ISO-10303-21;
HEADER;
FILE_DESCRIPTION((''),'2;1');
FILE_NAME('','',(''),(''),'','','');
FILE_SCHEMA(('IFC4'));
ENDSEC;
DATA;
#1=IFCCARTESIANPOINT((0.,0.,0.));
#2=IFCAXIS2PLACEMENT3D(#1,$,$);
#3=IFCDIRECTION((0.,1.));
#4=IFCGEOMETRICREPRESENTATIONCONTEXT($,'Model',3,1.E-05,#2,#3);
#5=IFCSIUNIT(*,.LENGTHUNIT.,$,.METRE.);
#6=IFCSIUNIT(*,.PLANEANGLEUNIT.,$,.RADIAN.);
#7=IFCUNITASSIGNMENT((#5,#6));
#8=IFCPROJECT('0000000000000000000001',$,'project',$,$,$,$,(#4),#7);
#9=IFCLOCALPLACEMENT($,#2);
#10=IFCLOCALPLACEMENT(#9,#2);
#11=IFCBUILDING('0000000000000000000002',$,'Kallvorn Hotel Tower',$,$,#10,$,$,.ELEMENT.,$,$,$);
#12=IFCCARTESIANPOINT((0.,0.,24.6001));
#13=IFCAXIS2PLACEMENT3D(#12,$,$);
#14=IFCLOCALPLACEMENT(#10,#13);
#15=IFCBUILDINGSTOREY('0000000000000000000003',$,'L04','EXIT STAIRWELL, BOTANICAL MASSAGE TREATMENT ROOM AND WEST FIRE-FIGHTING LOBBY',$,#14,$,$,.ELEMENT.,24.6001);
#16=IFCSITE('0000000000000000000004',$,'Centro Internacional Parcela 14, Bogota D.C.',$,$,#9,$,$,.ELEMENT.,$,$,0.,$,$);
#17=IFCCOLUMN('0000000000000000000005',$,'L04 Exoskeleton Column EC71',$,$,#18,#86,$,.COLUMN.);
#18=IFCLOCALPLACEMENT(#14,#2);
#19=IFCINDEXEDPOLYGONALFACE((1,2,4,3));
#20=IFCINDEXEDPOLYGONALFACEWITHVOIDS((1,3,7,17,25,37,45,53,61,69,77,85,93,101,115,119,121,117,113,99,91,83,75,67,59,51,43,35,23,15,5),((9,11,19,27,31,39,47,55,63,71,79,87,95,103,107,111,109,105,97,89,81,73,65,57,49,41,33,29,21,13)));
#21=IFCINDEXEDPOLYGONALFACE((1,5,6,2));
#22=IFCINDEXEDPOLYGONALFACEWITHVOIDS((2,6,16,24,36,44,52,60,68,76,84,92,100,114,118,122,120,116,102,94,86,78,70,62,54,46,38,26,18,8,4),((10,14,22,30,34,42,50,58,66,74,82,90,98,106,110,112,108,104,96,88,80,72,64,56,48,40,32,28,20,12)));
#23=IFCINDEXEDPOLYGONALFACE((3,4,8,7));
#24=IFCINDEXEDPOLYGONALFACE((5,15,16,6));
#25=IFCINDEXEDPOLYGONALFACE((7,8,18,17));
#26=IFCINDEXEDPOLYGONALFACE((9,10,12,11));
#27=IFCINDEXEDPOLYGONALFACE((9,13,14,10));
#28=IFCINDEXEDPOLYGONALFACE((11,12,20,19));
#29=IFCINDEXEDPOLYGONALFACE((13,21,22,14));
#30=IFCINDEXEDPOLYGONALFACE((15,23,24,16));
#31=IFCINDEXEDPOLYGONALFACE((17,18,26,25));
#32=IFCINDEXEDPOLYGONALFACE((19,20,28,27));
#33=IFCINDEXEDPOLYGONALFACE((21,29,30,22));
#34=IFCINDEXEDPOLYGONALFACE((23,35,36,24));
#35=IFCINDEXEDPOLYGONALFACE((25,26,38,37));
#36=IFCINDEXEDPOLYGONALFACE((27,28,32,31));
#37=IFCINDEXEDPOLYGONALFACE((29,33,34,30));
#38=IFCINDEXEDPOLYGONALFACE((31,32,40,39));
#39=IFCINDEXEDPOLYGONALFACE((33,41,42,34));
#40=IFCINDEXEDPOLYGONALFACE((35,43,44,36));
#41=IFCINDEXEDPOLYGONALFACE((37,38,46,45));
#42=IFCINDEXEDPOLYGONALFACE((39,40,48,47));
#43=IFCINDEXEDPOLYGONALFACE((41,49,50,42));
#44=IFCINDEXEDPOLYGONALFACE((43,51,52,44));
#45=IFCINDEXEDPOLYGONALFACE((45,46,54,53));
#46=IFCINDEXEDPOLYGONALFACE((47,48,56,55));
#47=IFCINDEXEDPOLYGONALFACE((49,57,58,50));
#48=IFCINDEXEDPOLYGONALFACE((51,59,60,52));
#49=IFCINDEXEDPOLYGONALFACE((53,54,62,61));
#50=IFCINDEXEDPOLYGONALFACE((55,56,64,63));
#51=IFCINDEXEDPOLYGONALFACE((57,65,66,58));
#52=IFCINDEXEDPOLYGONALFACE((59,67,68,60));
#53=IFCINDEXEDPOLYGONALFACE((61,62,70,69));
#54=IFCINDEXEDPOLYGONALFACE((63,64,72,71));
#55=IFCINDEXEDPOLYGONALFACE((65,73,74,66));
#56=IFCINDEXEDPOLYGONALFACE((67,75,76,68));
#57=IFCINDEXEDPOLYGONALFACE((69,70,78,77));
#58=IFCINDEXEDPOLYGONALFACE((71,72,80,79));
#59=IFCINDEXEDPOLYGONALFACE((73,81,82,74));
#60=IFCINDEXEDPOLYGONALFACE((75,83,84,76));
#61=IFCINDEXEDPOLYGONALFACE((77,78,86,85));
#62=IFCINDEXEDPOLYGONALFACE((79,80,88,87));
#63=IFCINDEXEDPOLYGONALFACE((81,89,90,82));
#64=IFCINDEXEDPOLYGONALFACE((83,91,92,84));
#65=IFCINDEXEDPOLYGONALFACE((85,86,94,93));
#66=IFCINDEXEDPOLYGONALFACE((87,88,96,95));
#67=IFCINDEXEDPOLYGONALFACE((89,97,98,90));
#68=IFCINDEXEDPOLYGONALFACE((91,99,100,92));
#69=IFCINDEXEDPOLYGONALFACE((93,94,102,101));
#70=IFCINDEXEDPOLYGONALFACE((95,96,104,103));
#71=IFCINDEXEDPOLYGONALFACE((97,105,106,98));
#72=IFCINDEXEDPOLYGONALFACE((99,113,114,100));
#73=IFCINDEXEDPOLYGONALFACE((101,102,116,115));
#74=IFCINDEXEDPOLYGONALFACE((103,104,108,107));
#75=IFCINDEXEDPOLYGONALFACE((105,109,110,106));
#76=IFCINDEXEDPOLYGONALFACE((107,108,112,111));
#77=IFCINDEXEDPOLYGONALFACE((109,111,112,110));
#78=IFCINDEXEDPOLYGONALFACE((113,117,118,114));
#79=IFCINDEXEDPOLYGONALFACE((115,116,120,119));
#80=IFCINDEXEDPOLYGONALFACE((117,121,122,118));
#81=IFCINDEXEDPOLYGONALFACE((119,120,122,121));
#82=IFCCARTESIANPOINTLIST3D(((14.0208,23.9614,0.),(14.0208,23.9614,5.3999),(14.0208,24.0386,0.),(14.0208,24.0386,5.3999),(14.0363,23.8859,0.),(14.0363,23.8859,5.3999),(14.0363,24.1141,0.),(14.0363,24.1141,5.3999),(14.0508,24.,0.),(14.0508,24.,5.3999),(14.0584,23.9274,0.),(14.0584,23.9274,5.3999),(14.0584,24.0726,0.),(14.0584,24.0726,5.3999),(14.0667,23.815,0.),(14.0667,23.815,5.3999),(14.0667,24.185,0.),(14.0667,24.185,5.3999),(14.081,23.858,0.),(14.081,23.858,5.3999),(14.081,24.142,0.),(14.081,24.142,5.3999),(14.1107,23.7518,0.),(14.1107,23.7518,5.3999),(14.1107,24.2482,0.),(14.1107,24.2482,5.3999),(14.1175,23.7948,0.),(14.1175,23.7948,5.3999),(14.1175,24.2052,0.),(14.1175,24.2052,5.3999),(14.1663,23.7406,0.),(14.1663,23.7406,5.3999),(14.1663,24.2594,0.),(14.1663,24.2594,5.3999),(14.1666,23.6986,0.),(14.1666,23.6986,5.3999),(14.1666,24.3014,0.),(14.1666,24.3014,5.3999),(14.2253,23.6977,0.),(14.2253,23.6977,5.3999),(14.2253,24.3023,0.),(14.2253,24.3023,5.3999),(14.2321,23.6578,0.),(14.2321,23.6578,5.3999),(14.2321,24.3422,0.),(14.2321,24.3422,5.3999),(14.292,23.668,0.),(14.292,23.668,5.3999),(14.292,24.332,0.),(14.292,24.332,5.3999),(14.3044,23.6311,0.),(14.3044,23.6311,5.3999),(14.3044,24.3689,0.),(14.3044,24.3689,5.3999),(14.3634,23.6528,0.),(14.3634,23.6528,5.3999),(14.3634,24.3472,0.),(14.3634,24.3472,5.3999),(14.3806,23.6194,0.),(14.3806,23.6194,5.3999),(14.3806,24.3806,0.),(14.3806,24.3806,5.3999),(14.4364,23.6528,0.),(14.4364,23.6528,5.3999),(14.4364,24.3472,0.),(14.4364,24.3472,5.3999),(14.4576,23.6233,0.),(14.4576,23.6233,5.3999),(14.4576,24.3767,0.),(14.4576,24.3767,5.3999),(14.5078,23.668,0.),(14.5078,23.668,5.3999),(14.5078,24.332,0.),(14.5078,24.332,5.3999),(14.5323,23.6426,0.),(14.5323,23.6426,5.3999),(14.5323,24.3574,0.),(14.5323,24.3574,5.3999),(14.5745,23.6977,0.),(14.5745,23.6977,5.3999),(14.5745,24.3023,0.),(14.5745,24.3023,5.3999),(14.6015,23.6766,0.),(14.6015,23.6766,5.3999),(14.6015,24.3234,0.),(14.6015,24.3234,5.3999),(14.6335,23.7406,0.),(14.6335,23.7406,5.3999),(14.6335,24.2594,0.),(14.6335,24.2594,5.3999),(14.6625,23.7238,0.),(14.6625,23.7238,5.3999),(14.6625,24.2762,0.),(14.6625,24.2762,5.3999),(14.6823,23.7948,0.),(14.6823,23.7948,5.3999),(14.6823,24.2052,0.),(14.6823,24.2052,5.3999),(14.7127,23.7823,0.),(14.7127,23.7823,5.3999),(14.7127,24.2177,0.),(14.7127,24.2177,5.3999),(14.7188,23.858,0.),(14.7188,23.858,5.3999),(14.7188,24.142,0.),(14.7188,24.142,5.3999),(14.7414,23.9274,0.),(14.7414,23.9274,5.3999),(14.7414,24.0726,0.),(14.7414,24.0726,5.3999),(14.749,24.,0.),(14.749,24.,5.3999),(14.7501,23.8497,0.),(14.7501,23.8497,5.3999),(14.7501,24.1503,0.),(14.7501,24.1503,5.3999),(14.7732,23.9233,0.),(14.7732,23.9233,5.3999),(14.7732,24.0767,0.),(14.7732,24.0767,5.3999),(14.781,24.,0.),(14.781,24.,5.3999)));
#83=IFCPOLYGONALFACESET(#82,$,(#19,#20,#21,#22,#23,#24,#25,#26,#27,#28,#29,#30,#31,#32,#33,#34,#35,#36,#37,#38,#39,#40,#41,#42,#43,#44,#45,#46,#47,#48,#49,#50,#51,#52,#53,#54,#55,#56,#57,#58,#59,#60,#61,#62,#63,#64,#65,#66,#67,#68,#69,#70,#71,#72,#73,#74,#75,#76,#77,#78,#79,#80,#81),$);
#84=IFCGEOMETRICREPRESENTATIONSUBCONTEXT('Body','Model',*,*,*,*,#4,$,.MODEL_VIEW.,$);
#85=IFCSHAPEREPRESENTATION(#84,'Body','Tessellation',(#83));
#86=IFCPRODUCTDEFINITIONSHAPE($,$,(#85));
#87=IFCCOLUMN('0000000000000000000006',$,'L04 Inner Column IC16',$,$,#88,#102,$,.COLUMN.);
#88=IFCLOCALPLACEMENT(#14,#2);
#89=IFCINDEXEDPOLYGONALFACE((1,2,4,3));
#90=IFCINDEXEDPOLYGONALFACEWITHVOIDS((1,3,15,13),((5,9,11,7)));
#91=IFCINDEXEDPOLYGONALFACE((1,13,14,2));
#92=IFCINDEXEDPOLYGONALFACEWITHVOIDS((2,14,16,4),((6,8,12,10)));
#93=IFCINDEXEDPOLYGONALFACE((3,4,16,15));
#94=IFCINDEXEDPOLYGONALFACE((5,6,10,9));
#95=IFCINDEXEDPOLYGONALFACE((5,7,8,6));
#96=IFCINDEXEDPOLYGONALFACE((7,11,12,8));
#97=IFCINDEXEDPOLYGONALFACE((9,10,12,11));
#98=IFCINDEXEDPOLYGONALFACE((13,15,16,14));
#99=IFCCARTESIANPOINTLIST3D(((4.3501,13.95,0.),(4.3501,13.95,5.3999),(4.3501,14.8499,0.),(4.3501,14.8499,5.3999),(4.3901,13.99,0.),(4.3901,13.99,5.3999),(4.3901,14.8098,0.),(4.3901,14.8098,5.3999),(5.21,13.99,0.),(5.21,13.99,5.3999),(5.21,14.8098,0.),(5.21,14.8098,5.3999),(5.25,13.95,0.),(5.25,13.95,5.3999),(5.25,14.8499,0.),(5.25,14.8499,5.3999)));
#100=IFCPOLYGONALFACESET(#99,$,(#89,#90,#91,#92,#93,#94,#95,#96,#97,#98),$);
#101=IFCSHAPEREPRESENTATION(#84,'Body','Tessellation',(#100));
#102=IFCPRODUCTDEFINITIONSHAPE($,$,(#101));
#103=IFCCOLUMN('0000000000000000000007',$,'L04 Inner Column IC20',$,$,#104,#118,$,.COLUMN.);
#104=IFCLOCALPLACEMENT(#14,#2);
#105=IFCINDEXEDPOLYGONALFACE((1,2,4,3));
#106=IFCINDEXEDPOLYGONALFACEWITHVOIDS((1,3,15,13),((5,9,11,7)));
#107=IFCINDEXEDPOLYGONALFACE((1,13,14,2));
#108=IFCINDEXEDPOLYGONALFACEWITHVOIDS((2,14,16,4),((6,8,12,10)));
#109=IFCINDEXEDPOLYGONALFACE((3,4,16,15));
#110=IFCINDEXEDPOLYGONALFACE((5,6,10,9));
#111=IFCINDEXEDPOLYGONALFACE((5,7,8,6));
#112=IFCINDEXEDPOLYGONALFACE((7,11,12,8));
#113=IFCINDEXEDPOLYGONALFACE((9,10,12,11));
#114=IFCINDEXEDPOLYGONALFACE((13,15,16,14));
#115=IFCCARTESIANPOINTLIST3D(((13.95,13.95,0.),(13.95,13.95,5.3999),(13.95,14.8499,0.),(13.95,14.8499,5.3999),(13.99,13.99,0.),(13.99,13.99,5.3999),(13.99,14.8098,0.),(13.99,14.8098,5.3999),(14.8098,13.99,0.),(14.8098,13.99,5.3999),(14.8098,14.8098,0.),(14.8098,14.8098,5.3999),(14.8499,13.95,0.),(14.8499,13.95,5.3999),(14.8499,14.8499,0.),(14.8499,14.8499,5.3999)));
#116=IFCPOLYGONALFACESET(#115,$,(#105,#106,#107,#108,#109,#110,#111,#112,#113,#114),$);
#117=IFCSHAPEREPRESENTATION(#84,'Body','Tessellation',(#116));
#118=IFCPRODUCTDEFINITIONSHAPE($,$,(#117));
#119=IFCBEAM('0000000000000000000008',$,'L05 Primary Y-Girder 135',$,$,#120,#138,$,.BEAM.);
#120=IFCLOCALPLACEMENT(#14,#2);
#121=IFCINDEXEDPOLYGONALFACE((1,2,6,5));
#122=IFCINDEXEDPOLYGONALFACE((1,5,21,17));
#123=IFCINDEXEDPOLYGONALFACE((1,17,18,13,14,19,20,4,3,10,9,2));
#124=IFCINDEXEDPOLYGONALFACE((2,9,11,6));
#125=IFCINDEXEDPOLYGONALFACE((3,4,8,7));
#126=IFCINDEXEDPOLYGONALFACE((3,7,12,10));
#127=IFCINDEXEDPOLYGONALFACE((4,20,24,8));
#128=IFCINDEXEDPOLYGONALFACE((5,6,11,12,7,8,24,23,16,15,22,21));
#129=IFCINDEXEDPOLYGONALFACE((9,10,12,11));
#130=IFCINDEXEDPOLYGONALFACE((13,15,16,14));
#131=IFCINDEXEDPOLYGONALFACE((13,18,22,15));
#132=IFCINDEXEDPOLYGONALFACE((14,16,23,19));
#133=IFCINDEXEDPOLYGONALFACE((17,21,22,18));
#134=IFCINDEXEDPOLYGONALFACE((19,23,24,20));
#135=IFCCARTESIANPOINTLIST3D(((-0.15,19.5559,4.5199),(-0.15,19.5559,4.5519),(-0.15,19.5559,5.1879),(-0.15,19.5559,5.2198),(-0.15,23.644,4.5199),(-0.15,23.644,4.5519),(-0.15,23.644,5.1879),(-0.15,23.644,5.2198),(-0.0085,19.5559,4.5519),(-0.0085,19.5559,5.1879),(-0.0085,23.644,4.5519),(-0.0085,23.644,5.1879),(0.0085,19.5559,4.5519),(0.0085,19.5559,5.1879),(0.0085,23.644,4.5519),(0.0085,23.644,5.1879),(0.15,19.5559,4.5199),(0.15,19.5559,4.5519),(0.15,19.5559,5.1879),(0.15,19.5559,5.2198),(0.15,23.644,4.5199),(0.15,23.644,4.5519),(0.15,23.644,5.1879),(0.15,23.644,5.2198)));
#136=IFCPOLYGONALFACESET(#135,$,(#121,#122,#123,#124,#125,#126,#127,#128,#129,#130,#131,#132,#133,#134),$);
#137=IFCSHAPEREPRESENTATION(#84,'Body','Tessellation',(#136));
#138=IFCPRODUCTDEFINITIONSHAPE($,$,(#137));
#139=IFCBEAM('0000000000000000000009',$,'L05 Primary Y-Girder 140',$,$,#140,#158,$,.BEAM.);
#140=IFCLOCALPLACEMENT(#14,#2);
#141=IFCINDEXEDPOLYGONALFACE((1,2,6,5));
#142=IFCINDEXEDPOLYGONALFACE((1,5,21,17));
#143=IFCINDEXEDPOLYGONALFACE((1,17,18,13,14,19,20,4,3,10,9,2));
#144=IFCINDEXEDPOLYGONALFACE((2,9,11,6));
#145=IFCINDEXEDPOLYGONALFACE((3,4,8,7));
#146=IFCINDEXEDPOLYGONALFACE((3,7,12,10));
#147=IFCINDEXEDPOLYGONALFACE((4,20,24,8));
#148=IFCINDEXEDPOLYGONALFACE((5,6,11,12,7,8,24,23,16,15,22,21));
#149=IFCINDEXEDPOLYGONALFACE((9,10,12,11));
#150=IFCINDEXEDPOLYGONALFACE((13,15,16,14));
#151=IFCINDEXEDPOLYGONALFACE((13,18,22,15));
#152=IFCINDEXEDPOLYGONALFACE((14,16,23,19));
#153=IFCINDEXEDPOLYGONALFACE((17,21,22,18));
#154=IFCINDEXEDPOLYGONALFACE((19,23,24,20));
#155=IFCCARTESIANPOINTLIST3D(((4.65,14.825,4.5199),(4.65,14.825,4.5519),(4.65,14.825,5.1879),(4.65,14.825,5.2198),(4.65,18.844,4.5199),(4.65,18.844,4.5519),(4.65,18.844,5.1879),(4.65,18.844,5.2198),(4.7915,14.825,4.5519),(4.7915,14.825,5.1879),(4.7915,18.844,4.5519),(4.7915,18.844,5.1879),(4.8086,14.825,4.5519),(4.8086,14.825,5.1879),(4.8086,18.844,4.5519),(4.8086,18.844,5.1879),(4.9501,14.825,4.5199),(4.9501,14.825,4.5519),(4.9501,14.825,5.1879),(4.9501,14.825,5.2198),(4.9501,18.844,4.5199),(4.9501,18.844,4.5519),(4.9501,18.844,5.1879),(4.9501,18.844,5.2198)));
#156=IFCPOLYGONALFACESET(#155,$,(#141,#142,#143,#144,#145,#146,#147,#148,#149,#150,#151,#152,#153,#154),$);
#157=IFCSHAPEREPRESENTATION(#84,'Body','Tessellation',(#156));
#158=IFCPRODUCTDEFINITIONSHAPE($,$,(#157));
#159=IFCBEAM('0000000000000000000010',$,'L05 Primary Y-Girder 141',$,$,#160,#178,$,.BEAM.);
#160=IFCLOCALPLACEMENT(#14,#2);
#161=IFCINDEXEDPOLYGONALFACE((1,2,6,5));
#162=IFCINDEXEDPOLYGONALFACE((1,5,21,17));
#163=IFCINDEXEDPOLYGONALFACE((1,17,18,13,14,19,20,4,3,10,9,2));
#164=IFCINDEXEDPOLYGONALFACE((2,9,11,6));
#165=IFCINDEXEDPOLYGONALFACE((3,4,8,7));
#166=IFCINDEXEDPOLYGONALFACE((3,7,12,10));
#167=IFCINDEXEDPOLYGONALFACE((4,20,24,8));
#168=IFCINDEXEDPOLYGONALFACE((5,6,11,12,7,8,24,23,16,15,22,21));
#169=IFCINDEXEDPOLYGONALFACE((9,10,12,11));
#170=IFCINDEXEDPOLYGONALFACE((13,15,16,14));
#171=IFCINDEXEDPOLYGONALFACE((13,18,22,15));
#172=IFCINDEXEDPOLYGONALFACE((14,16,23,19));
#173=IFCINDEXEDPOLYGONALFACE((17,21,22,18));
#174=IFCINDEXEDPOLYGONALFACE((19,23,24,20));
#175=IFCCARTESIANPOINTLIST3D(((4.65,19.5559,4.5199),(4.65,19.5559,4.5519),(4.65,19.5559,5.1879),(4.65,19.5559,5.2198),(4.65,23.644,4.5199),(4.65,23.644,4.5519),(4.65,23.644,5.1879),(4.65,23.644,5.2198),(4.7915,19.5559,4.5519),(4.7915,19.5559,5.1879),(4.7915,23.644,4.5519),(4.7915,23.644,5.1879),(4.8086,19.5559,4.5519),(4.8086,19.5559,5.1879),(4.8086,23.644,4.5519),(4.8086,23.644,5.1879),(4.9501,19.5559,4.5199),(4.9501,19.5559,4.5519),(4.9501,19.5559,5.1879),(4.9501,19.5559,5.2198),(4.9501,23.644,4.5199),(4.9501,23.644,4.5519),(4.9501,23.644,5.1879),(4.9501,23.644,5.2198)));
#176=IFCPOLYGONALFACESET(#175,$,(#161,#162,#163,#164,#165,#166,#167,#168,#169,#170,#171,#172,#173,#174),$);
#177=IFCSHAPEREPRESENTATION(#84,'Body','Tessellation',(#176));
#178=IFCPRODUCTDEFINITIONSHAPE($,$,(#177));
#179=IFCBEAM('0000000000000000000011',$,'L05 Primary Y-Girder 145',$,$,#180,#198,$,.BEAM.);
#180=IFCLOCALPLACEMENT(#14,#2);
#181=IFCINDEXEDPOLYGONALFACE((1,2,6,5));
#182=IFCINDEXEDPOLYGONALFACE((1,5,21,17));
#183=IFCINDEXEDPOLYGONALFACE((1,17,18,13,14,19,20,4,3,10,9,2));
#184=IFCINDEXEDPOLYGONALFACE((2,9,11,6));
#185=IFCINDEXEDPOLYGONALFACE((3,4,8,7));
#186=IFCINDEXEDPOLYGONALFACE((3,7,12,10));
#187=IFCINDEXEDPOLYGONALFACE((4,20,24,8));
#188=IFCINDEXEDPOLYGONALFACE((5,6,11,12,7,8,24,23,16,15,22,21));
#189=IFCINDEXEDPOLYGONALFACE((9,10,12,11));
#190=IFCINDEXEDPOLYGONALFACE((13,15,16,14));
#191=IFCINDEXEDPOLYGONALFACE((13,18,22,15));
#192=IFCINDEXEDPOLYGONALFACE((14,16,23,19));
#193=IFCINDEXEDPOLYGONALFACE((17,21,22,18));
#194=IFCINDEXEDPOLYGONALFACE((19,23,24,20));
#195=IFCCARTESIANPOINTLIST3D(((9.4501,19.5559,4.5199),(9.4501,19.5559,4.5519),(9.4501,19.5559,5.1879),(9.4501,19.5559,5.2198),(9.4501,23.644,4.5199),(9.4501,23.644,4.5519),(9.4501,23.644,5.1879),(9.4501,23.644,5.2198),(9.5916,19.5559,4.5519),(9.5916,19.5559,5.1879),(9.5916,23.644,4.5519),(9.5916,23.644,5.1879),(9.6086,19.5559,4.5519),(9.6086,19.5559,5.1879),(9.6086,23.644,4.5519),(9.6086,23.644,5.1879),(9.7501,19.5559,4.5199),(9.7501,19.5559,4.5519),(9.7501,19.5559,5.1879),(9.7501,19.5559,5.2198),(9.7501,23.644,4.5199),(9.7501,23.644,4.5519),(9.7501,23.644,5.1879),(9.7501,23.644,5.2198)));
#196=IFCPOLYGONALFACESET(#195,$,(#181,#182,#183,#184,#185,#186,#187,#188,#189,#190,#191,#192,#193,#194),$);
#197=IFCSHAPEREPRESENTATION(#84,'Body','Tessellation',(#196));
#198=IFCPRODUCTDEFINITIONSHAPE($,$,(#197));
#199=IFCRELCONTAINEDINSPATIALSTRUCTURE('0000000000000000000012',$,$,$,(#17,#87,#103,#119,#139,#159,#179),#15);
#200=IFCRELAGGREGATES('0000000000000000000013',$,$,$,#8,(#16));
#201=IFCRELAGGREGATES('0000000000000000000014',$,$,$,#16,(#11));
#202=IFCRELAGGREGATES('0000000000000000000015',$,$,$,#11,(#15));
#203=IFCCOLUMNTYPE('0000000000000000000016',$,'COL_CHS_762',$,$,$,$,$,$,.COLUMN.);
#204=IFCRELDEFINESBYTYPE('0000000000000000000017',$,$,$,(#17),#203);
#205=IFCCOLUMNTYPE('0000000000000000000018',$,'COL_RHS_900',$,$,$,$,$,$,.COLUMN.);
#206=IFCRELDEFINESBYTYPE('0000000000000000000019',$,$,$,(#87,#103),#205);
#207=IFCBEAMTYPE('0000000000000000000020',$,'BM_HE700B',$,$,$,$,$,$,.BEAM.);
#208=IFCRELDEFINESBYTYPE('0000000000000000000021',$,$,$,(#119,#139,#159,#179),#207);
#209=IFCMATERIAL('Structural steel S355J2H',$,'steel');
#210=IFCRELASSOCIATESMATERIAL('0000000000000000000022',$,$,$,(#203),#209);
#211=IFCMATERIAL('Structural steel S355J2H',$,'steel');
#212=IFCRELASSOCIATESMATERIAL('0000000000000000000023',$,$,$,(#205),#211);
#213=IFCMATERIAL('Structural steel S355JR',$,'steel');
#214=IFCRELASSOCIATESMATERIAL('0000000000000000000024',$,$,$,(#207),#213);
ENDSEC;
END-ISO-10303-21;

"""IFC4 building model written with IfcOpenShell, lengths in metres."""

from ifc_helpers import new_model, si_unit, direction, frame, origin, origin_2d, place, context, subcontext, project, spatial, hollow_rectangle, hollow_circle, i_section, extrude, material, material_profile, profile_set, type_object, element, save


model = new_model("IFC4")

# Units and contexts
model_context = context("Model", 3, precision=1e-05, world=origin(), true_north=direction((0.0, 1.0)))
body_context = subcontext(model_context, "Body", "Model", "MODEL_VIEW")
ifc_project = project(units=[si_unit("LENGTHUNIT", "METRE"), si_unit("PLANEANGLEUNIT", "RADIAN")], contexts=[model_context])

# Site, building, storey
site_placement = place(None, origin())
site = spatial("IfcSite", under=ifc_project, at=site_placement, Name="Centro Internacional Parcela 14, Bogota D.C.", CompositionType="ELEMENT", RefElevation=0.0)
building_placement = place(site_placement, origin())
building = spatial("IfcBuilding", under=site, at=building_placement, Name="Kallvorn Hotel Tower", CompositionType="ELEMENT")
storey_placement = place(building_placement, frame((0.0, 0.0, 24.6001)))
storey = spatial("IfcBuildingStorey", under=building, at=storey_placement, Name="L04", Description="EXIT STAIRWELL, BOTANICAL MASSAGE TREATMENT ROOM AND WEST FIRE-FIGHTING LOBBY", CompositionType="ELEMENT", Elevation=24.6001)

# Columns
ifc_material_1 = material(Name="Structural steel S355J2H", Category="steel")
ifc_material_profile_1 = material_profile(ifc_material_1, hollow_circle(Radius=0.3811, WallThickness=0.032, at=origin_2d()), Name="CHS 762x32")
ifc_profile_set_1 = profile_set([ifc_material_profile_1], Name="Structural steel S355J2H")
column_type_1 = type_object("IfcColumnType", Name="COL_CHS_762", PredefinedType="COLUMN", material=ifc_profile_set_1)
for number, where, z_axis, x_axis, name in (
    (1, (14.3999, 24.0, 0.0), (0.0, 0.0, 1.0), (1.0, 0.0, 0.0), "L04 Exoskeleton Column EC71"),
):
    element("IfcColumn", number, at=place(storey_placement, frame(where, z_axis=z_axis, x_axis=x_axis)), inside=storey, type_object=column_type_1, Name=name, PredefinedType="COLUMN", context=body_context, shape_type="SweptSolid", body=[
        extrude(hollow_circle(Radius=0.3811, WallThickness=0.032, at=origin_2d()), origin(), (0.0, 0.0, 1.0), 5.3999),
    ])
ifc_material_2 = material(Name="Structural steel S355J2H", Category="steel")
ifc_material_profile_2 = material_profile(ifc_material_2, hollow_rectangle(XDim=0.8999, YDim=0.8999, WallThickness=0.04, at=origin_2d()), Name="RHS 900x900x40")
ifc_profile_set_2 = profile_set([ifc_material_profile_2], Name="Structural steel S355J2H")
column_type_2 = type_object("IfcColumnType", Name="COL_RHS_900", PredefinedType="COLUMN", material=ifc_profile_set_2)
for number, where, z_axis, x_axis, name in (
    (2, (4.8, 14.3999, 0.0), (0.0, 0.0, 1.0), (1.0, 0.0, 0.0), "L04 Inner Column IC16"),
    (3, (14.3999, 14.3999, 0.0), (0.0, 0.0, 1.0), (1.0, 0.0, 0.0), "L04 Inner Column IC20"),
):
    element("IfcColumn", number, at=place(storey_placement, frame(where, z_axis=z_axis, x_axis=x_axis)), inside=storey, type_object=column_type_2, Name=name, PredefinedType="COLUMN", context=body_context, shape_type="SweptSolid", body=[
        extrude(hollow_rectangle(XDim=0.8999, YDim=0.8999, WallThickness=0.04, at=origin_2d()), origin(), (0.0, 0.0, 1.0), 5.3999),
    ])

# Beams
ifc_material_3 = material(Name="Structural steel S355JR", Category="steel")
ifc_material_profile_3 = material_profile(ifc_material_3, i_section(OverallWidth=0.3, OverallDepth=0.7, WebThickness=0.0171, FlangeThickness=0.032, at=origin_2d()), Name="HE 700 B")
ifc_profile_set_3 = profile_set([ifc_material_profile_3], Name="Structural steel S355JR")
beam_type_1 = type_object("IfcBeamType", Name="BM_HE700B", PredefinedType="BEAM", material=ifc_profile_set_3)
beam_1_placement = place(storey_placement, frame((0.0, 19.5559, 4.8699), z_axis=(0.0, 1.0, 0.0), x_axis=(-1.0, 0.0, 0.0)))
element("IfcBeam", 4, at=beam_1_placement, inside=storey, type_object=beam_type_1, Name="L05 Primary Y-Girder 135", PredefinedType="BEAM", context=body_context, shape_type="SweptSolid", body=[
    extrude(i_section(OverallWidth=0.3, OverallDepth=0.7, WebThickness=0.0171, FlangeThickness=0.032, at=origin_2d()), origin(), (0.0, 0.0, 1.0), 4.0881),
])
beam_2_placement = place(storey_placement, frame((4.8, 14.825, 4.8699), z_axis=(0.0, 1.0, 0.0), x_axis=(-1.0, 0.0, 0.0)))
element("IfcBeam", 5, at=beam_2_placement, inside=storey, type_object=beam_type_1, Name="L05 Primary Y-Girder 140", PredefinedType="BEAM", context=body_context, shape_type="SweptSolid", body=[
    extrude(i_section(OverallWidth=0.3, OverallDepth=0.7, WebThickness=0.0171, FlangeThickness=0.032, at=origin_2d()), origin(), (0.0, 0.0, 1.0), 4.019),
])
for number, where, z_axis, x_axis, name in (
    (6, (4.8, 19.5559, 4.8699), (0.0, 1.0, 0.0), (-1.0, 0.0, 0.0), "L05 Primary Y-Girder 141"),
    (7, (9.6001, 19.5559, 4.8699), (0.0, 1.0, 0.0), (-1.0, 0.0, 0.0), "L05 Primary Y-Girder 145"),
):
    element("IfcBeam", number, at=place(storey_placement, frame(where, z_axis=z_axis, x_axis=x_axis)), inside=storey, type_object=beam_type_1, Name=name, PredefinedType="BEAM", context=body_context, shape_type="SweptSolid", body=[
        extrude(i_section(OverallWidth=0.3, OverallDepth=0.7, WebThickness=0.0171, FlangeThickness=0.032, at=origin_2d()), origin(), (0.0, 0.0, 1.0), 4.0881),
    ])

save(model, "model.ifc")
